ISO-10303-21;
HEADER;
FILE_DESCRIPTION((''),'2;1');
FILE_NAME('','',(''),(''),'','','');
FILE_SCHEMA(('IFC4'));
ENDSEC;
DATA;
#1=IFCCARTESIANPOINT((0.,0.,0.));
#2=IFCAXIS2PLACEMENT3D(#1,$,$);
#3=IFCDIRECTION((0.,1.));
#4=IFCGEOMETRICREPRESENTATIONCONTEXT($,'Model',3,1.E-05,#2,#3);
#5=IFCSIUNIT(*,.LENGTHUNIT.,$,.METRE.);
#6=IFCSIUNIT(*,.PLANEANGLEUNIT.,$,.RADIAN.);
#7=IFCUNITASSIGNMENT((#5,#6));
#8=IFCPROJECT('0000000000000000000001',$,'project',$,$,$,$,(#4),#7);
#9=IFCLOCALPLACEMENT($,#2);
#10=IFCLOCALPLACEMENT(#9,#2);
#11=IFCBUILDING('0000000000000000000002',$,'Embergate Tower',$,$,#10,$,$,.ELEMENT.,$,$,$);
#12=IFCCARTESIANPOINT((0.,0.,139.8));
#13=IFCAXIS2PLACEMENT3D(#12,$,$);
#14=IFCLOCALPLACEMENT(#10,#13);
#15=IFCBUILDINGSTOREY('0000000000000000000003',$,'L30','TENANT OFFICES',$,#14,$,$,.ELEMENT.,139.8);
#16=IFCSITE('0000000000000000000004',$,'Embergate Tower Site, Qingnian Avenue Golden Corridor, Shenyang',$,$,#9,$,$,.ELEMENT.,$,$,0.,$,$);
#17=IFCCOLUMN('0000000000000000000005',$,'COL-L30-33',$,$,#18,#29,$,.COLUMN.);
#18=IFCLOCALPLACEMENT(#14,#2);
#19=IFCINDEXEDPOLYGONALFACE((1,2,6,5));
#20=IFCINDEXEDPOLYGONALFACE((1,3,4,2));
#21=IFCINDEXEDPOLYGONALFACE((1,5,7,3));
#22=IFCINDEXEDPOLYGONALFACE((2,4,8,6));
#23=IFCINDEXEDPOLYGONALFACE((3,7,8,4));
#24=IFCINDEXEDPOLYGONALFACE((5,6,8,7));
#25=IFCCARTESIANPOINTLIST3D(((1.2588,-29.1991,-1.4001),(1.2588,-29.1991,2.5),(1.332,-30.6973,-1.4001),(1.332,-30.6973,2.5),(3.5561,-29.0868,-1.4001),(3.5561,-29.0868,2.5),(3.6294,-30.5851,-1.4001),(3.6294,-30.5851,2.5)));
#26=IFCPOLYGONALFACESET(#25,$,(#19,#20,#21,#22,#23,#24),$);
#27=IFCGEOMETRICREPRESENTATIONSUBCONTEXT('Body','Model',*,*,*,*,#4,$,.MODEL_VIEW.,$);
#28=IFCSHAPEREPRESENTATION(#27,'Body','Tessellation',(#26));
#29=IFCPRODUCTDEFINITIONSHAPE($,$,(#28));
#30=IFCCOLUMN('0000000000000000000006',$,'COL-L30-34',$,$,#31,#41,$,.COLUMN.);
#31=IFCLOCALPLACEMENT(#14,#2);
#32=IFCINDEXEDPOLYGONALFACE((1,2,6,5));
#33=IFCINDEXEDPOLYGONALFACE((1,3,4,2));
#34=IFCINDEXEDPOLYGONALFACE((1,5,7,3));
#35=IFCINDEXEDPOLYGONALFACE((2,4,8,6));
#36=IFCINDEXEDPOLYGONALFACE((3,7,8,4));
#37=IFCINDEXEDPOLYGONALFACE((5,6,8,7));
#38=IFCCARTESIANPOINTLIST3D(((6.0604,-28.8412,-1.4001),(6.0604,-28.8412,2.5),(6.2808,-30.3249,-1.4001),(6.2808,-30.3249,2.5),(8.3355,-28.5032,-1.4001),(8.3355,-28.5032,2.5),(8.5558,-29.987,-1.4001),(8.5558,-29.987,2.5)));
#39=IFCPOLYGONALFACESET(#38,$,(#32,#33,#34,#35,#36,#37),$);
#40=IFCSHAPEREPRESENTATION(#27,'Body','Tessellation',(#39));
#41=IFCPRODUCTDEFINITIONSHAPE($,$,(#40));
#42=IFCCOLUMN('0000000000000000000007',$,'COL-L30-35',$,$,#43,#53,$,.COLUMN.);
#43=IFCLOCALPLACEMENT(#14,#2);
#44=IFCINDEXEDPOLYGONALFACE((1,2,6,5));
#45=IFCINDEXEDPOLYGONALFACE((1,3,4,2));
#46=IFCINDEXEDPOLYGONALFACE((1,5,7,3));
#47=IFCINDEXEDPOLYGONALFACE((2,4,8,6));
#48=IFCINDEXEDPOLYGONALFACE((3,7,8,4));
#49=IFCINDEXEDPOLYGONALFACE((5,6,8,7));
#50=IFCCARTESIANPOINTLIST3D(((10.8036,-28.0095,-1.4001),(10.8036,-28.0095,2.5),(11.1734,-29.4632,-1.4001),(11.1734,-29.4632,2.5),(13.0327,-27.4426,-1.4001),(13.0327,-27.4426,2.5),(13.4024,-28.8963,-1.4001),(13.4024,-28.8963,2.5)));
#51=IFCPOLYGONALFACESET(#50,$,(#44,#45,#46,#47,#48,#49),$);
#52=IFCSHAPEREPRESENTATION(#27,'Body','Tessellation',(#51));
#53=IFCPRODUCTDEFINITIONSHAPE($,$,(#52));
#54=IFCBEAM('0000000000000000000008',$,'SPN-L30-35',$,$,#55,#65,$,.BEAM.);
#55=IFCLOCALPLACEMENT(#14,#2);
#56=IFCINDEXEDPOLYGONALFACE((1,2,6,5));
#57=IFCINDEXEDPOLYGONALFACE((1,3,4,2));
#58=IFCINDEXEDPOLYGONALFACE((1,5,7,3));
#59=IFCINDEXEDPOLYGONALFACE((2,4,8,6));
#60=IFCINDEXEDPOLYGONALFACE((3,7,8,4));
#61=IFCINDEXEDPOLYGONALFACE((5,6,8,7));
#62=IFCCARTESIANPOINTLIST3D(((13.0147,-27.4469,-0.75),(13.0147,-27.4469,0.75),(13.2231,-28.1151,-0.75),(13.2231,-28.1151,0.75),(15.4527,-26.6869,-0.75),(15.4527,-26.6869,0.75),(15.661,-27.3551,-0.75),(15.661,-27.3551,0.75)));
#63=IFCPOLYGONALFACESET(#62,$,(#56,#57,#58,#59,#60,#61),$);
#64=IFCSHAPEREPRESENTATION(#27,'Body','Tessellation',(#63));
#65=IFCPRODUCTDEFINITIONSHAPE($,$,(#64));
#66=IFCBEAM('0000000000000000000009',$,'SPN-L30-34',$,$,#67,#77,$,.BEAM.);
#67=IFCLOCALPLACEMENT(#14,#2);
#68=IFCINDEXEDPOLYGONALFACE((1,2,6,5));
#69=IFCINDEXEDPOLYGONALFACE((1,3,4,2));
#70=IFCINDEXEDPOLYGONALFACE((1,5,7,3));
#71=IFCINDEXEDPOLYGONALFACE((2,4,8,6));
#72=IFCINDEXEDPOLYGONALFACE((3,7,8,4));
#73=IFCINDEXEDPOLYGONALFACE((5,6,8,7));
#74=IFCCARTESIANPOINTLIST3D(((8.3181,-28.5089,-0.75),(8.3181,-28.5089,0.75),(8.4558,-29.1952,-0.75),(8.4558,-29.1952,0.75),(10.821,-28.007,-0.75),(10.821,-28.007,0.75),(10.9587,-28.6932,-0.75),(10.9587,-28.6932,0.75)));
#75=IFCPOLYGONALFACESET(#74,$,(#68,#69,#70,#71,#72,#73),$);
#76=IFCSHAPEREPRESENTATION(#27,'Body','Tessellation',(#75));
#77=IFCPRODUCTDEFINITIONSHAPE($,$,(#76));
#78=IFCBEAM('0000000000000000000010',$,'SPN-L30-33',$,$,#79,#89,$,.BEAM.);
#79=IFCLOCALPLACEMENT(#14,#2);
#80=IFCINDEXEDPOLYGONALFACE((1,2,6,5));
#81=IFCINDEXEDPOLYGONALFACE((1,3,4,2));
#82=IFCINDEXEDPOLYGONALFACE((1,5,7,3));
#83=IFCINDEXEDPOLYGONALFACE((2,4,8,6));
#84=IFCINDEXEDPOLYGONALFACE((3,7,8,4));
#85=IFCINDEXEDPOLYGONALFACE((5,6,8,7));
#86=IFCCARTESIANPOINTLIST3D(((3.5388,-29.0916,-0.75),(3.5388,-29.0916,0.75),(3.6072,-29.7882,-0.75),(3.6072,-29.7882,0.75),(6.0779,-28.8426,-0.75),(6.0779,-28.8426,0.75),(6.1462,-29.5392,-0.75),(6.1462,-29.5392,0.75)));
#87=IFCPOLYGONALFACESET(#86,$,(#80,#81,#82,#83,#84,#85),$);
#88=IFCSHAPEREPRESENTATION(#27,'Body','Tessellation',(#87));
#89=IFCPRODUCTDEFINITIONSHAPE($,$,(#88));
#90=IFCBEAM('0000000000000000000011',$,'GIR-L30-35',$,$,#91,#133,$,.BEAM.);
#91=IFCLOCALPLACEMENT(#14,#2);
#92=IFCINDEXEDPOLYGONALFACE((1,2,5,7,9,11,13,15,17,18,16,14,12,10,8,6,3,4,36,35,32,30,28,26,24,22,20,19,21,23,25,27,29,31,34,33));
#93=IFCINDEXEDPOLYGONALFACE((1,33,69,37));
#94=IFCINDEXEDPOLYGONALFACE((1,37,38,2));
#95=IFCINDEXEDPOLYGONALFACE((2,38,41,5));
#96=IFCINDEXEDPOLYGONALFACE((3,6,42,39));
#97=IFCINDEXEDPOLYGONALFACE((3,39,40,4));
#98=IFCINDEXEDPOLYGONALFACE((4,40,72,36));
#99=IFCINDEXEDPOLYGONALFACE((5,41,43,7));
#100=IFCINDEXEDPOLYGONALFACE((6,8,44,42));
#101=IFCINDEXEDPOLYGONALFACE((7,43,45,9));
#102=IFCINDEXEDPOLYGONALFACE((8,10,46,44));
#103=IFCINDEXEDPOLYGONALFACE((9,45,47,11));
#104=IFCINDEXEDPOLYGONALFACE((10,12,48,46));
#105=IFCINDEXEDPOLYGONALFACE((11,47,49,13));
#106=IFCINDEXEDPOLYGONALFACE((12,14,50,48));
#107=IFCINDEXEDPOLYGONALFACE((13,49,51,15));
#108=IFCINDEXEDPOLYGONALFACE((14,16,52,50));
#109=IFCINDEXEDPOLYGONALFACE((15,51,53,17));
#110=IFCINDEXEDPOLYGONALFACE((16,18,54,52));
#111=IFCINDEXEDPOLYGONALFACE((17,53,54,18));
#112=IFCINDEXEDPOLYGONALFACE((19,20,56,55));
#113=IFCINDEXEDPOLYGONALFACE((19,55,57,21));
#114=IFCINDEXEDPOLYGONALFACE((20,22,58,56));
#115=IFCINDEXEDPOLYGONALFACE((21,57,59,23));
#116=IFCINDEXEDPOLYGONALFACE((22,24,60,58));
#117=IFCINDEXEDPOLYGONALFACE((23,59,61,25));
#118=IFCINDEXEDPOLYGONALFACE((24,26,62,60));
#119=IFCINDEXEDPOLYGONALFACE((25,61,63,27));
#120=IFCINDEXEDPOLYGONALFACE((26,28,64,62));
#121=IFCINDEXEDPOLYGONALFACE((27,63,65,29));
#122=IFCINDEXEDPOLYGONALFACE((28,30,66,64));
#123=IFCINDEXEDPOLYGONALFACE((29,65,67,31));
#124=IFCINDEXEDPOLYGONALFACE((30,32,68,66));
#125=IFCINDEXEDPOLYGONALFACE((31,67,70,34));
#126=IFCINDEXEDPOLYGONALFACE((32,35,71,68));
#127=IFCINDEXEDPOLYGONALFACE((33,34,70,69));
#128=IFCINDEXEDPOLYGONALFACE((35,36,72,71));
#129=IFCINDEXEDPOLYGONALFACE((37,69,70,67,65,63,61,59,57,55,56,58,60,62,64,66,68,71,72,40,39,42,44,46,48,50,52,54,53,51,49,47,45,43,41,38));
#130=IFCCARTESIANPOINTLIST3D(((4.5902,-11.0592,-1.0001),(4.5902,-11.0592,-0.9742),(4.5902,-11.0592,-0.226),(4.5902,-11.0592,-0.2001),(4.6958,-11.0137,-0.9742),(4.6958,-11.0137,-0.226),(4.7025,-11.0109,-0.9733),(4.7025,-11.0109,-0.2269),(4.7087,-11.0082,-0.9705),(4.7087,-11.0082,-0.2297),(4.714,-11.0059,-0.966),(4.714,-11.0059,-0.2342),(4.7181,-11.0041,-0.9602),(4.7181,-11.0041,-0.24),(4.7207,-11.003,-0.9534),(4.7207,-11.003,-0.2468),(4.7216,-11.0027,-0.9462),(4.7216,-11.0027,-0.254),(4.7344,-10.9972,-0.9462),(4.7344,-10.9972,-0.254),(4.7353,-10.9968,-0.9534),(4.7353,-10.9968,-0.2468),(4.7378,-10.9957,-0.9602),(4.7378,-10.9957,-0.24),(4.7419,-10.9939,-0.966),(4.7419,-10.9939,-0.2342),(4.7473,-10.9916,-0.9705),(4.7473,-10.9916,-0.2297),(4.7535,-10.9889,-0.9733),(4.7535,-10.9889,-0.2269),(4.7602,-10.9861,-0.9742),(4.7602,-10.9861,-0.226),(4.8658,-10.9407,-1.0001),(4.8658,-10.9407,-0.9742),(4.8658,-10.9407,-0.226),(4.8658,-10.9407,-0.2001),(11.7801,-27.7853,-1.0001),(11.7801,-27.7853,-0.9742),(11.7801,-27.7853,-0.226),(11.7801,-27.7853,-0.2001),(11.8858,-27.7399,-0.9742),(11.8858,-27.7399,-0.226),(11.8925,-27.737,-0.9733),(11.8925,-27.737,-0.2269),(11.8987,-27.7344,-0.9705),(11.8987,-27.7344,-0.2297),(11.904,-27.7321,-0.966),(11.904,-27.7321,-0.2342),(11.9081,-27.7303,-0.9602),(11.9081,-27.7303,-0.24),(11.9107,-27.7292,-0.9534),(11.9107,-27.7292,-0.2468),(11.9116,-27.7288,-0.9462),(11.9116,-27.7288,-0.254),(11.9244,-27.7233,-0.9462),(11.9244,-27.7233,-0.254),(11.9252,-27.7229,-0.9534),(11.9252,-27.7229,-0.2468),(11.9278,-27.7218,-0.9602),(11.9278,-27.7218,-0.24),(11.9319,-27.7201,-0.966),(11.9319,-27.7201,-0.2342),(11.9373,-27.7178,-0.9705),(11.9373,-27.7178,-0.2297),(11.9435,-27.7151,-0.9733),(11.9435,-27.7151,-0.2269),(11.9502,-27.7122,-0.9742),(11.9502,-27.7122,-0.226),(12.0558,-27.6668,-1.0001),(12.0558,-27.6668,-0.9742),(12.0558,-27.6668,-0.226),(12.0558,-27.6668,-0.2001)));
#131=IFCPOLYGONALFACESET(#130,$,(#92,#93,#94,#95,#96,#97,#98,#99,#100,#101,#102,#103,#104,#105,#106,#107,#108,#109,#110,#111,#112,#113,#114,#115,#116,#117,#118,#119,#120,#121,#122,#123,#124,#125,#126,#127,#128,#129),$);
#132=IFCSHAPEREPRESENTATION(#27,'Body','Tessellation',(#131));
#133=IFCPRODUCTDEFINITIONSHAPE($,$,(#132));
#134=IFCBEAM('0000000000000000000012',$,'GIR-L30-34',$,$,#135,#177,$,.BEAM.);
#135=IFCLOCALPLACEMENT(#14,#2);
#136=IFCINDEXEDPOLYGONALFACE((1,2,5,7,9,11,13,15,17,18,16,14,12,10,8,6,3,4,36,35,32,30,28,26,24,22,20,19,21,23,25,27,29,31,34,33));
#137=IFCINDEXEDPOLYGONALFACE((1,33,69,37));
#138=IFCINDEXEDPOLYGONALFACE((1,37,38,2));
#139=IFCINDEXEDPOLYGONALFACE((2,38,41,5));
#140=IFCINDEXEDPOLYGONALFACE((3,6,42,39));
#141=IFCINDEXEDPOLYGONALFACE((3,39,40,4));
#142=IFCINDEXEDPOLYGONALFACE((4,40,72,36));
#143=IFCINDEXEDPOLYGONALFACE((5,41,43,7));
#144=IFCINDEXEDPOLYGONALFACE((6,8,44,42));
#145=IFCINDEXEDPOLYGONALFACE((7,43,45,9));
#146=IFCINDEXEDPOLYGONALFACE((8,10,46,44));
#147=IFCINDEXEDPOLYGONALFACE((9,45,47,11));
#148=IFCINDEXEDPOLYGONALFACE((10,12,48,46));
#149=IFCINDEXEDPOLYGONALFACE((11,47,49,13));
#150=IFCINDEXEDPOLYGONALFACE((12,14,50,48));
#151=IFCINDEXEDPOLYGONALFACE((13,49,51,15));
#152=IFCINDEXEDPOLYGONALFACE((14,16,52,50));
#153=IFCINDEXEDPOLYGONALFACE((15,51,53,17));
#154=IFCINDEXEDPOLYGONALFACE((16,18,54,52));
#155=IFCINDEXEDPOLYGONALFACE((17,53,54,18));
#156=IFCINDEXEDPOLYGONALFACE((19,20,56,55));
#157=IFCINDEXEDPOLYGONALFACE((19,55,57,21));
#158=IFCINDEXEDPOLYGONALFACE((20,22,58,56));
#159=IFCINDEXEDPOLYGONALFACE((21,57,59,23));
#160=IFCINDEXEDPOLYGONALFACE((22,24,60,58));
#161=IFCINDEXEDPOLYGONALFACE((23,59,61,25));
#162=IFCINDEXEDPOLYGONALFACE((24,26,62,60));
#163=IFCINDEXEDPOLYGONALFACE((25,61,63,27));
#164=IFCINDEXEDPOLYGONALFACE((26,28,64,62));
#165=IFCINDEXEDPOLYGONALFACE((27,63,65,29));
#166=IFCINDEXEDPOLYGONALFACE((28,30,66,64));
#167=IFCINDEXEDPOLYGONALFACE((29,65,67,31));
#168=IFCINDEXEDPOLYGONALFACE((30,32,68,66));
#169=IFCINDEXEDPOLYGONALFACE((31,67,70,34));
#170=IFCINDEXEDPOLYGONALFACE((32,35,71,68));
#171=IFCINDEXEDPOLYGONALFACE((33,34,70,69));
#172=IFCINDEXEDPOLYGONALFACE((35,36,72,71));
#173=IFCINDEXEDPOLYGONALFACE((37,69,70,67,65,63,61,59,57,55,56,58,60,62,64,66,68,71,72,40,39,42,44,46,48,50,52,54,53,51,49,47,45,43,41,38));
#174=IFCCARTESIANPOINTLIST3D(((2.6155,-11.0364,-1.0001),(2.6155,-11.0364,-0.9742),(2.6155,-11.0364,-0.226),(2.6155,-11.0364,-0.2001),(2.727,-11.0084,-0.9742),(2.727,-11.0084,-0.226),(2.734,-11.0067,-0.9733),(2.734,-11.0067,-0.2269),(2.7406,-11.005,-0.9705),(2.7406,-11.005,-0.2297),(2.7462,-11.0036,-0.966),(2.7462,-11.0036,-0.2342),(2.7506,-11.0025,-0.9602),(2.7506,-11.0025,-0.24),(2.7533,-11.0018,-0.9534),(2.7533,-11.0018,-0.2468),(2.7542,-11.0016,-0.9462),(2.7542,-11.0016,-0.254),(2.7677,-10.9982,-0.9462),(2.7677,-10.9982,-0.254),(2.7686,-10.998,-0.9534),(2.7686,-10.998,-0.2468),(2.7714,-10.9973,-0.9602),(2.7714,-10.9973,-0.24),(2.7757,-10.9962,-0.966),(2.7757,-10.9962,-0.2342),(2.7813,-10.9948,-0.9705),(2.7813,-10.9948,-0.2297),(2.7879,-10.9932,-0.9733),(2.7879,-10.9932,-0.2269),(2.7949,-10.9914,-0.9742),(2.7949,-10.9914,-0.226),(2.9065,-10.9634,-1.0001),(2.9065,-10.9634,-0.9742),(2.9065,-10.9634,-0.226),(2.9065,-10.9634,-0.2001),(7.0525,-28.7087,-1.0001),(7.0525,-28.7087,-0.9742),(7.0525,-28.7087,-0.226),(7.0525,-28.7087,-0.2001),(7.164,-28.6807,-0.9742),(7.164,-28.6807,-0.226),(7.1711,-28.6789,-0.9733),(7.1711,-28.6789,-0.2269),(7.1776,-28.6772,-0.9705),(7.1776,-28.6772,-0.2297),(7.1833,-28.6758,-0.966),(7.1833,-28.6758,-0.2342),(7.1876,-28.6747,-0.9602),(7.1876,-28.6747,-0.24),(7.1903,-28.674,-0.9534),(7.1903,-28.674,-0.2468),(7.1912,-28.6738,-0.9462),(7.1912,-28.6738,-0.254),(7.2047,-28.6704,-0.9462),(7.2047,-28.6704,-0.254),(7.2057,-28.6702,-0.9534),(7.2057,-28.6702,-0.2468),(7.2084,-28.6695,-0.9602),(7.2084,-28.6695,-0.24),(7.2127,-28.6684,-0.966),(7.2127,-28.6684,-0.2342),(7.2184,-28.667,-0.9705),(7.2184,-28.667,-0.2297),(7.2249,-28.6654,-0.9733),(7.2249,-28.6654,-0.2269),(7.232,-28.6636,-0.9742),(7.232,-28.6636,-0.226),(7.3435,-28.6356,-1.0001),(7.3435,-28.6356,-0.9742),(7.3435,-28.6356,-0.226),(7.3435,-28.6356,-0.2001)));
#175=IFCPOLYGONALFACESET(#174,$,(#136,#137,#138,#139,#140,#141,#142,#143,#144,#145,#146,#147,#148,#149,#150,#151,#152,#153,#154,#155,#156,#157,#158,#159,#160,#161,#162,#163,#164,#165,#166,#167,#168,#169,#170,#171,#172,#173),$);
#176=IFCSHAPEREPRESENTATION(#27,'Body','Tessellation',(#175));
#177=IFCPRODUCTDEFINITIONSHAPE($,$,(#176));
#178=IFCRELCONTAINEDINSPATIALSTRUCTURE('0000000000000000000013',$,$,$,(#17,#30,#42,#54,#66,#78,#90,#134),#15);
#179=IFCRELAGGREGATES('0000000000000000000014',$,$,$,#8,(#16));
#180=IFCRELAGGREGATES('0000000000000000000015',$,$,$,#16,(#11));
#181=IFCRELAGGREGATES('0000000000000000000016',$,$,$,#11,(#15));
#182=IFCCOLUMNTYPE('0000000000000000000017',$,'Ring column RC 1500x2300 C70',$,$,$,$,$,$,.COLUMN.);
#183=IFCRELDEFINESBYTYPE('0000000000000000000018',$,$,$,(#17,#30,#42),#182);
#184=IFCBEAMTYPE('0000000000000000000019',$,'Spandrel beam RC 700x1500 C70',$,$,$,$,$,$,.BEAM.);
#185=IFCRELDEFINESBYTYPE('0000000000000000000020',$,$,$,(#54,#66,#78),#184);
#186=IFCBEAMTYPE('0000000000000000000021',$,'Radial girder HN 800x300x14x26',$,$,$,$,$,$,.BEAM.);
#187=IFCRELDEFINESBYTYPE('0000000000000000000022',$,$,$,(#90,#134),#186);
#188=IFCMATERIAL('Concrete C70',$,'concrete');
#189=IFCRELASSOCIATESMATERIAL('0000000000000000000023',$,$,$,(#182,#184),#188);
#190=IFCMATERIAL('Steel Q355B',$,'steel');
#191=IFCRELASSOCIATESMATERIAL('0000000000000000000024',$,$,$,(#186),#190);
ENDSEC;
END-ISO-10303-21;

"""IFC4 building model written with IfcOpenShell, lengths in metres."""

from ifc_helpers import new_model, si_unit, direction, frame, origin, origin_2d, place, context, subcontext, project, spatial, rectangle, i_section, extrude, source, transform, mapped, material, material_profile, profile_set, type_object, element, save


model = new_model("IFC4")

# Units and contexts
model_context = context("Model", 3, precision=1e-05, world=origin(), true_north=direction((0.0, 1.0)))
body_context = subcontext(model_context, "Body", "Model", "MODEL_VIEW")
ifc_project = project(units=[si_unit("LENGTHUNIT", "METRE"), si_unit("PLANEANGLEUNIT", "RADIAN")], contexts=[model_context])

# Site, building, storey
site_placement = place(None, origin())
site = spatial("IfcSite", under=ifc_project, at=site_placement, Name="Embergate Tower Site, Qingnian Avenue Golden Corridor, Shenyang", CompositionType="ELEMENT", RefElevation=0.0)
building_placement = place(site_placement, origin())
building = spatial("IfcBuilding", under=site, at=building_placement, Name="Embergate Tower", CompositionType="ELEMENT")
storey_placement = place(building_placement, frame((0.0, 0.0, 139.8)))
storey = spatial("IfcBuildingStorey", under=building, at=storey_placement, Name="L30", Description="TENANT OFFICES", CompositionType="ELEMENT", Elevation=139.8)

# Columns
ifc_material_1 = material(Name="Concrete C70", Category="concrete")
ifc_material_profile_1 = material_profile(ifc_material_1, rectangle(XDim=1.5, YDim=2.3, at=origin_2d()), Name="RC 1500x2300")
ifc_profile_set_1 = profile_set([ifc_material_profile_1], Name="Concrete C70")
column_type = type_object("IfcColumnType", Name="Ring column RC 1500x2300 C70", PredefinedType="COLUMN", material=ifc_profile_set_1)
shared_shape_1 = source(origin(), body_context, "Body", "SweptSolid", [
    extrude(rectangle(XDim=1.5, YDim=2.3, at=origin_2d()), origin(), (0.0, 0.0, 1.0), 3.9001),
])
for number, where, z_axis, x_axis, name in (
    (1, (2.4441, -29.8921, -1.4001), (0.0, 0.0, 1.0), (0.048815, -0.998808, 0.0), "COL-L30-33"),
    (2, (7.3081, -29.4141, -1.4001), (0.0, 0.0, 1.0), (0.146929, -0.989147, 0.0), "COL-L30-34"),
    (3, (12.103, -28.4529, -1.4001), (0.0, 0.0, 1.0), (0.246492, -0.969145, 0.0), "COL-L30-35"),
):
    element("IfcColumn", number, at=place(storey_placement, frame(where, z_axis=z_axis, x_axis=x_axis)), inside=storey, type_object=column_type, Name=name, PredefinedType="COLUMN", context=body_context, shape_type="MappedRepresentation", body=[
        mapped(shared_shape_1, transform((0.0, 0.0, 0.0))),
    ])

# Beams
ifc_material_profile_2 = material_profile(ifc_material_1, rectangle(XDim=0.7, YDim=1.5, at=origin_2d()), Name="RC 700x1500")
ifc_profile_set_2 = profile_set([ifc_material_profile_2], Name="Concrete C70")
beam_type_1 = type_object("IfcBeamType", Name="Spandrel beam RC 700x1500 C70", PredefinedType="BEAM", material=ifc_profile_set_2)
shared_shape_2 = source(origin(), body_context, "Body", "SweptSolid", [
    extrude(rectangle(XDim=0.7, YDim=1.5, at=origin_2d()), origin(), (0.0, 0.0, 1.0), 2.5537),
])
beam_1_placement = place(storey_placement, frame((13.1189, -27.781, 0.0), z_axis=(0.954687, 0.297611, 0.0), x_axis=(-0.297611, 0.954687, 0.0)))
element("IfcBeam", 4, at=beam_1_placement, inside=storey, type_object=beam_type_1, Name="SPN-L30-35", PredefinedType="BEAM", context=body_context, shape_type="MappedRepresentation", body=[
    mapped(shared_shape_2, transform((0.0, 0.0, 0.0))),
])
shared_shape_3 = source(origin(), body_context, "Body", "SweptSolid", [
    extrude(rectangle(XDim=0.7, YDim=1.5, at=origin_2d()), origin(), (0.0, 0.0, 1.0), 2.5527),
])
beam_2_placement = place(storey_placement, frame((8.387, -28.8521, 0.0), z_axis=(0.980478, 0.196631, 0.0), x_axis=(-0.196631, 0.980478, 0.0)))
element("IfcBeam", 5, at=beam_2_placement, inside=storey, type_object=beam_type_1, Name="SPN-L30-34", PredefinedType="BEAM", context=body_context, shape_type="MappedRepresentation", body=[
    mapped(shared_shape_3, transform((0.0, 0.0, 0.0))),
])
shared_shape_4 = source(origin(), body_context, "Body", "SweptSolid", [
    extrude(rectangle(XDim=0.7, YDim=1.5, at=origin_2d()), origin(), (0.0, 0.0, 1.0), 2.5513),
])
beam_3_placement = place(storey_placement, frame((3.573, -29.4399, 0.0), z_axis=(0.995225, 0.097609, 0.0), x_axis=(-0.097609, 0.995225, 0.0)))
element("IfcBeam", 6, at=beam_3_placement, inside=storey, type_object=beam_type_1, Name="SPN-L30-33", PredefinedType="BEAM", context=body_context, shape_type="MappedRepresentation", body=[
    mapped(shared_shape_4, transform((0.0, 0.0, 0.0))),
])
ifc_material_2 = material(Name="Steel Q355B", Category="steel")
ifc_material_profile_3 = material_profile(ifc_material_2, i_section(OverallWidth=0.3, OverallDepth=0.8, WebThickness=0.0139, FlangeThickness=0.0259, FilletRadius=0.0281, at=origin_2d()), Name="HN 800x300x14x26")
ifc_profile_set_3 = profile_set([ifc_material_profile_3], Name="Steel Q355 grade B")
beam_type_2 = type_object("IfcBeamType", Name="Radial girder HN 800x300x14x26", PredefinedType="BEAM", material=ifc_profile_set_3)
shared_shape_5 = source(origin(), body_context, "Body", "SweptSolid", [
    extrude(i_section(OverallWidth=0.3, OverallDepth=0.8, WebThickness=0.0139, FlangeThickness=0.0259, FilletRadius=0.0281, at=origin_2d()), origin(), (0.0, 0.0, 1.0), 18.2061),
])
beam_4_placement = place(storey_placement, frame((11.918, -27.7261, -0.6001), z_axis=(-0.394922, 0.918714, 0.0), x_axis=(-0.918714, -0.394922, 0.0)))
element("IfcBeam", 7, at=beam_4_placement, inside=storey, type_object=beam_type_2, Name="GIR-L30-35", PredefinedType="BEAM", context=body_context, shape_type="MappedRepresentation", body=[
    mapped(shared_shape_5, transform((0.0, 0.0, 0.0))),
])
shared_shape_6 = source(origin(), body_context, "Body", "SweptSolid", [
    extrude(i_section(OverallWidth=0.3, OverallDepth=0.8, WebThickness=0.0139, FlangeThickness=0.0259, FilletRadius=0.0281, at=origin_2d()), origin(), (0.0, 0.0, 1.0), 18.2207),
])
beam_5_placement = place(storey_placement, frame((7.198, -28.6721, -0.6001), z_axis=(-0.243516, 0.969897, 0.0), x_axis=(-0.969897, -0.243516, 0.0)))
element("IfcBeam", 8, at=beam_5_placement, inside=storey, type_object=beam_type_2, Name="GIR-L30-34", PredefinedType="BEAM", context=body_context, shape_type="MappedRepresentation", body=[
    mapped(shared_shape_6, transform((0.0, 0.0, 0.0))),
])

save(model, "model.ifc")
